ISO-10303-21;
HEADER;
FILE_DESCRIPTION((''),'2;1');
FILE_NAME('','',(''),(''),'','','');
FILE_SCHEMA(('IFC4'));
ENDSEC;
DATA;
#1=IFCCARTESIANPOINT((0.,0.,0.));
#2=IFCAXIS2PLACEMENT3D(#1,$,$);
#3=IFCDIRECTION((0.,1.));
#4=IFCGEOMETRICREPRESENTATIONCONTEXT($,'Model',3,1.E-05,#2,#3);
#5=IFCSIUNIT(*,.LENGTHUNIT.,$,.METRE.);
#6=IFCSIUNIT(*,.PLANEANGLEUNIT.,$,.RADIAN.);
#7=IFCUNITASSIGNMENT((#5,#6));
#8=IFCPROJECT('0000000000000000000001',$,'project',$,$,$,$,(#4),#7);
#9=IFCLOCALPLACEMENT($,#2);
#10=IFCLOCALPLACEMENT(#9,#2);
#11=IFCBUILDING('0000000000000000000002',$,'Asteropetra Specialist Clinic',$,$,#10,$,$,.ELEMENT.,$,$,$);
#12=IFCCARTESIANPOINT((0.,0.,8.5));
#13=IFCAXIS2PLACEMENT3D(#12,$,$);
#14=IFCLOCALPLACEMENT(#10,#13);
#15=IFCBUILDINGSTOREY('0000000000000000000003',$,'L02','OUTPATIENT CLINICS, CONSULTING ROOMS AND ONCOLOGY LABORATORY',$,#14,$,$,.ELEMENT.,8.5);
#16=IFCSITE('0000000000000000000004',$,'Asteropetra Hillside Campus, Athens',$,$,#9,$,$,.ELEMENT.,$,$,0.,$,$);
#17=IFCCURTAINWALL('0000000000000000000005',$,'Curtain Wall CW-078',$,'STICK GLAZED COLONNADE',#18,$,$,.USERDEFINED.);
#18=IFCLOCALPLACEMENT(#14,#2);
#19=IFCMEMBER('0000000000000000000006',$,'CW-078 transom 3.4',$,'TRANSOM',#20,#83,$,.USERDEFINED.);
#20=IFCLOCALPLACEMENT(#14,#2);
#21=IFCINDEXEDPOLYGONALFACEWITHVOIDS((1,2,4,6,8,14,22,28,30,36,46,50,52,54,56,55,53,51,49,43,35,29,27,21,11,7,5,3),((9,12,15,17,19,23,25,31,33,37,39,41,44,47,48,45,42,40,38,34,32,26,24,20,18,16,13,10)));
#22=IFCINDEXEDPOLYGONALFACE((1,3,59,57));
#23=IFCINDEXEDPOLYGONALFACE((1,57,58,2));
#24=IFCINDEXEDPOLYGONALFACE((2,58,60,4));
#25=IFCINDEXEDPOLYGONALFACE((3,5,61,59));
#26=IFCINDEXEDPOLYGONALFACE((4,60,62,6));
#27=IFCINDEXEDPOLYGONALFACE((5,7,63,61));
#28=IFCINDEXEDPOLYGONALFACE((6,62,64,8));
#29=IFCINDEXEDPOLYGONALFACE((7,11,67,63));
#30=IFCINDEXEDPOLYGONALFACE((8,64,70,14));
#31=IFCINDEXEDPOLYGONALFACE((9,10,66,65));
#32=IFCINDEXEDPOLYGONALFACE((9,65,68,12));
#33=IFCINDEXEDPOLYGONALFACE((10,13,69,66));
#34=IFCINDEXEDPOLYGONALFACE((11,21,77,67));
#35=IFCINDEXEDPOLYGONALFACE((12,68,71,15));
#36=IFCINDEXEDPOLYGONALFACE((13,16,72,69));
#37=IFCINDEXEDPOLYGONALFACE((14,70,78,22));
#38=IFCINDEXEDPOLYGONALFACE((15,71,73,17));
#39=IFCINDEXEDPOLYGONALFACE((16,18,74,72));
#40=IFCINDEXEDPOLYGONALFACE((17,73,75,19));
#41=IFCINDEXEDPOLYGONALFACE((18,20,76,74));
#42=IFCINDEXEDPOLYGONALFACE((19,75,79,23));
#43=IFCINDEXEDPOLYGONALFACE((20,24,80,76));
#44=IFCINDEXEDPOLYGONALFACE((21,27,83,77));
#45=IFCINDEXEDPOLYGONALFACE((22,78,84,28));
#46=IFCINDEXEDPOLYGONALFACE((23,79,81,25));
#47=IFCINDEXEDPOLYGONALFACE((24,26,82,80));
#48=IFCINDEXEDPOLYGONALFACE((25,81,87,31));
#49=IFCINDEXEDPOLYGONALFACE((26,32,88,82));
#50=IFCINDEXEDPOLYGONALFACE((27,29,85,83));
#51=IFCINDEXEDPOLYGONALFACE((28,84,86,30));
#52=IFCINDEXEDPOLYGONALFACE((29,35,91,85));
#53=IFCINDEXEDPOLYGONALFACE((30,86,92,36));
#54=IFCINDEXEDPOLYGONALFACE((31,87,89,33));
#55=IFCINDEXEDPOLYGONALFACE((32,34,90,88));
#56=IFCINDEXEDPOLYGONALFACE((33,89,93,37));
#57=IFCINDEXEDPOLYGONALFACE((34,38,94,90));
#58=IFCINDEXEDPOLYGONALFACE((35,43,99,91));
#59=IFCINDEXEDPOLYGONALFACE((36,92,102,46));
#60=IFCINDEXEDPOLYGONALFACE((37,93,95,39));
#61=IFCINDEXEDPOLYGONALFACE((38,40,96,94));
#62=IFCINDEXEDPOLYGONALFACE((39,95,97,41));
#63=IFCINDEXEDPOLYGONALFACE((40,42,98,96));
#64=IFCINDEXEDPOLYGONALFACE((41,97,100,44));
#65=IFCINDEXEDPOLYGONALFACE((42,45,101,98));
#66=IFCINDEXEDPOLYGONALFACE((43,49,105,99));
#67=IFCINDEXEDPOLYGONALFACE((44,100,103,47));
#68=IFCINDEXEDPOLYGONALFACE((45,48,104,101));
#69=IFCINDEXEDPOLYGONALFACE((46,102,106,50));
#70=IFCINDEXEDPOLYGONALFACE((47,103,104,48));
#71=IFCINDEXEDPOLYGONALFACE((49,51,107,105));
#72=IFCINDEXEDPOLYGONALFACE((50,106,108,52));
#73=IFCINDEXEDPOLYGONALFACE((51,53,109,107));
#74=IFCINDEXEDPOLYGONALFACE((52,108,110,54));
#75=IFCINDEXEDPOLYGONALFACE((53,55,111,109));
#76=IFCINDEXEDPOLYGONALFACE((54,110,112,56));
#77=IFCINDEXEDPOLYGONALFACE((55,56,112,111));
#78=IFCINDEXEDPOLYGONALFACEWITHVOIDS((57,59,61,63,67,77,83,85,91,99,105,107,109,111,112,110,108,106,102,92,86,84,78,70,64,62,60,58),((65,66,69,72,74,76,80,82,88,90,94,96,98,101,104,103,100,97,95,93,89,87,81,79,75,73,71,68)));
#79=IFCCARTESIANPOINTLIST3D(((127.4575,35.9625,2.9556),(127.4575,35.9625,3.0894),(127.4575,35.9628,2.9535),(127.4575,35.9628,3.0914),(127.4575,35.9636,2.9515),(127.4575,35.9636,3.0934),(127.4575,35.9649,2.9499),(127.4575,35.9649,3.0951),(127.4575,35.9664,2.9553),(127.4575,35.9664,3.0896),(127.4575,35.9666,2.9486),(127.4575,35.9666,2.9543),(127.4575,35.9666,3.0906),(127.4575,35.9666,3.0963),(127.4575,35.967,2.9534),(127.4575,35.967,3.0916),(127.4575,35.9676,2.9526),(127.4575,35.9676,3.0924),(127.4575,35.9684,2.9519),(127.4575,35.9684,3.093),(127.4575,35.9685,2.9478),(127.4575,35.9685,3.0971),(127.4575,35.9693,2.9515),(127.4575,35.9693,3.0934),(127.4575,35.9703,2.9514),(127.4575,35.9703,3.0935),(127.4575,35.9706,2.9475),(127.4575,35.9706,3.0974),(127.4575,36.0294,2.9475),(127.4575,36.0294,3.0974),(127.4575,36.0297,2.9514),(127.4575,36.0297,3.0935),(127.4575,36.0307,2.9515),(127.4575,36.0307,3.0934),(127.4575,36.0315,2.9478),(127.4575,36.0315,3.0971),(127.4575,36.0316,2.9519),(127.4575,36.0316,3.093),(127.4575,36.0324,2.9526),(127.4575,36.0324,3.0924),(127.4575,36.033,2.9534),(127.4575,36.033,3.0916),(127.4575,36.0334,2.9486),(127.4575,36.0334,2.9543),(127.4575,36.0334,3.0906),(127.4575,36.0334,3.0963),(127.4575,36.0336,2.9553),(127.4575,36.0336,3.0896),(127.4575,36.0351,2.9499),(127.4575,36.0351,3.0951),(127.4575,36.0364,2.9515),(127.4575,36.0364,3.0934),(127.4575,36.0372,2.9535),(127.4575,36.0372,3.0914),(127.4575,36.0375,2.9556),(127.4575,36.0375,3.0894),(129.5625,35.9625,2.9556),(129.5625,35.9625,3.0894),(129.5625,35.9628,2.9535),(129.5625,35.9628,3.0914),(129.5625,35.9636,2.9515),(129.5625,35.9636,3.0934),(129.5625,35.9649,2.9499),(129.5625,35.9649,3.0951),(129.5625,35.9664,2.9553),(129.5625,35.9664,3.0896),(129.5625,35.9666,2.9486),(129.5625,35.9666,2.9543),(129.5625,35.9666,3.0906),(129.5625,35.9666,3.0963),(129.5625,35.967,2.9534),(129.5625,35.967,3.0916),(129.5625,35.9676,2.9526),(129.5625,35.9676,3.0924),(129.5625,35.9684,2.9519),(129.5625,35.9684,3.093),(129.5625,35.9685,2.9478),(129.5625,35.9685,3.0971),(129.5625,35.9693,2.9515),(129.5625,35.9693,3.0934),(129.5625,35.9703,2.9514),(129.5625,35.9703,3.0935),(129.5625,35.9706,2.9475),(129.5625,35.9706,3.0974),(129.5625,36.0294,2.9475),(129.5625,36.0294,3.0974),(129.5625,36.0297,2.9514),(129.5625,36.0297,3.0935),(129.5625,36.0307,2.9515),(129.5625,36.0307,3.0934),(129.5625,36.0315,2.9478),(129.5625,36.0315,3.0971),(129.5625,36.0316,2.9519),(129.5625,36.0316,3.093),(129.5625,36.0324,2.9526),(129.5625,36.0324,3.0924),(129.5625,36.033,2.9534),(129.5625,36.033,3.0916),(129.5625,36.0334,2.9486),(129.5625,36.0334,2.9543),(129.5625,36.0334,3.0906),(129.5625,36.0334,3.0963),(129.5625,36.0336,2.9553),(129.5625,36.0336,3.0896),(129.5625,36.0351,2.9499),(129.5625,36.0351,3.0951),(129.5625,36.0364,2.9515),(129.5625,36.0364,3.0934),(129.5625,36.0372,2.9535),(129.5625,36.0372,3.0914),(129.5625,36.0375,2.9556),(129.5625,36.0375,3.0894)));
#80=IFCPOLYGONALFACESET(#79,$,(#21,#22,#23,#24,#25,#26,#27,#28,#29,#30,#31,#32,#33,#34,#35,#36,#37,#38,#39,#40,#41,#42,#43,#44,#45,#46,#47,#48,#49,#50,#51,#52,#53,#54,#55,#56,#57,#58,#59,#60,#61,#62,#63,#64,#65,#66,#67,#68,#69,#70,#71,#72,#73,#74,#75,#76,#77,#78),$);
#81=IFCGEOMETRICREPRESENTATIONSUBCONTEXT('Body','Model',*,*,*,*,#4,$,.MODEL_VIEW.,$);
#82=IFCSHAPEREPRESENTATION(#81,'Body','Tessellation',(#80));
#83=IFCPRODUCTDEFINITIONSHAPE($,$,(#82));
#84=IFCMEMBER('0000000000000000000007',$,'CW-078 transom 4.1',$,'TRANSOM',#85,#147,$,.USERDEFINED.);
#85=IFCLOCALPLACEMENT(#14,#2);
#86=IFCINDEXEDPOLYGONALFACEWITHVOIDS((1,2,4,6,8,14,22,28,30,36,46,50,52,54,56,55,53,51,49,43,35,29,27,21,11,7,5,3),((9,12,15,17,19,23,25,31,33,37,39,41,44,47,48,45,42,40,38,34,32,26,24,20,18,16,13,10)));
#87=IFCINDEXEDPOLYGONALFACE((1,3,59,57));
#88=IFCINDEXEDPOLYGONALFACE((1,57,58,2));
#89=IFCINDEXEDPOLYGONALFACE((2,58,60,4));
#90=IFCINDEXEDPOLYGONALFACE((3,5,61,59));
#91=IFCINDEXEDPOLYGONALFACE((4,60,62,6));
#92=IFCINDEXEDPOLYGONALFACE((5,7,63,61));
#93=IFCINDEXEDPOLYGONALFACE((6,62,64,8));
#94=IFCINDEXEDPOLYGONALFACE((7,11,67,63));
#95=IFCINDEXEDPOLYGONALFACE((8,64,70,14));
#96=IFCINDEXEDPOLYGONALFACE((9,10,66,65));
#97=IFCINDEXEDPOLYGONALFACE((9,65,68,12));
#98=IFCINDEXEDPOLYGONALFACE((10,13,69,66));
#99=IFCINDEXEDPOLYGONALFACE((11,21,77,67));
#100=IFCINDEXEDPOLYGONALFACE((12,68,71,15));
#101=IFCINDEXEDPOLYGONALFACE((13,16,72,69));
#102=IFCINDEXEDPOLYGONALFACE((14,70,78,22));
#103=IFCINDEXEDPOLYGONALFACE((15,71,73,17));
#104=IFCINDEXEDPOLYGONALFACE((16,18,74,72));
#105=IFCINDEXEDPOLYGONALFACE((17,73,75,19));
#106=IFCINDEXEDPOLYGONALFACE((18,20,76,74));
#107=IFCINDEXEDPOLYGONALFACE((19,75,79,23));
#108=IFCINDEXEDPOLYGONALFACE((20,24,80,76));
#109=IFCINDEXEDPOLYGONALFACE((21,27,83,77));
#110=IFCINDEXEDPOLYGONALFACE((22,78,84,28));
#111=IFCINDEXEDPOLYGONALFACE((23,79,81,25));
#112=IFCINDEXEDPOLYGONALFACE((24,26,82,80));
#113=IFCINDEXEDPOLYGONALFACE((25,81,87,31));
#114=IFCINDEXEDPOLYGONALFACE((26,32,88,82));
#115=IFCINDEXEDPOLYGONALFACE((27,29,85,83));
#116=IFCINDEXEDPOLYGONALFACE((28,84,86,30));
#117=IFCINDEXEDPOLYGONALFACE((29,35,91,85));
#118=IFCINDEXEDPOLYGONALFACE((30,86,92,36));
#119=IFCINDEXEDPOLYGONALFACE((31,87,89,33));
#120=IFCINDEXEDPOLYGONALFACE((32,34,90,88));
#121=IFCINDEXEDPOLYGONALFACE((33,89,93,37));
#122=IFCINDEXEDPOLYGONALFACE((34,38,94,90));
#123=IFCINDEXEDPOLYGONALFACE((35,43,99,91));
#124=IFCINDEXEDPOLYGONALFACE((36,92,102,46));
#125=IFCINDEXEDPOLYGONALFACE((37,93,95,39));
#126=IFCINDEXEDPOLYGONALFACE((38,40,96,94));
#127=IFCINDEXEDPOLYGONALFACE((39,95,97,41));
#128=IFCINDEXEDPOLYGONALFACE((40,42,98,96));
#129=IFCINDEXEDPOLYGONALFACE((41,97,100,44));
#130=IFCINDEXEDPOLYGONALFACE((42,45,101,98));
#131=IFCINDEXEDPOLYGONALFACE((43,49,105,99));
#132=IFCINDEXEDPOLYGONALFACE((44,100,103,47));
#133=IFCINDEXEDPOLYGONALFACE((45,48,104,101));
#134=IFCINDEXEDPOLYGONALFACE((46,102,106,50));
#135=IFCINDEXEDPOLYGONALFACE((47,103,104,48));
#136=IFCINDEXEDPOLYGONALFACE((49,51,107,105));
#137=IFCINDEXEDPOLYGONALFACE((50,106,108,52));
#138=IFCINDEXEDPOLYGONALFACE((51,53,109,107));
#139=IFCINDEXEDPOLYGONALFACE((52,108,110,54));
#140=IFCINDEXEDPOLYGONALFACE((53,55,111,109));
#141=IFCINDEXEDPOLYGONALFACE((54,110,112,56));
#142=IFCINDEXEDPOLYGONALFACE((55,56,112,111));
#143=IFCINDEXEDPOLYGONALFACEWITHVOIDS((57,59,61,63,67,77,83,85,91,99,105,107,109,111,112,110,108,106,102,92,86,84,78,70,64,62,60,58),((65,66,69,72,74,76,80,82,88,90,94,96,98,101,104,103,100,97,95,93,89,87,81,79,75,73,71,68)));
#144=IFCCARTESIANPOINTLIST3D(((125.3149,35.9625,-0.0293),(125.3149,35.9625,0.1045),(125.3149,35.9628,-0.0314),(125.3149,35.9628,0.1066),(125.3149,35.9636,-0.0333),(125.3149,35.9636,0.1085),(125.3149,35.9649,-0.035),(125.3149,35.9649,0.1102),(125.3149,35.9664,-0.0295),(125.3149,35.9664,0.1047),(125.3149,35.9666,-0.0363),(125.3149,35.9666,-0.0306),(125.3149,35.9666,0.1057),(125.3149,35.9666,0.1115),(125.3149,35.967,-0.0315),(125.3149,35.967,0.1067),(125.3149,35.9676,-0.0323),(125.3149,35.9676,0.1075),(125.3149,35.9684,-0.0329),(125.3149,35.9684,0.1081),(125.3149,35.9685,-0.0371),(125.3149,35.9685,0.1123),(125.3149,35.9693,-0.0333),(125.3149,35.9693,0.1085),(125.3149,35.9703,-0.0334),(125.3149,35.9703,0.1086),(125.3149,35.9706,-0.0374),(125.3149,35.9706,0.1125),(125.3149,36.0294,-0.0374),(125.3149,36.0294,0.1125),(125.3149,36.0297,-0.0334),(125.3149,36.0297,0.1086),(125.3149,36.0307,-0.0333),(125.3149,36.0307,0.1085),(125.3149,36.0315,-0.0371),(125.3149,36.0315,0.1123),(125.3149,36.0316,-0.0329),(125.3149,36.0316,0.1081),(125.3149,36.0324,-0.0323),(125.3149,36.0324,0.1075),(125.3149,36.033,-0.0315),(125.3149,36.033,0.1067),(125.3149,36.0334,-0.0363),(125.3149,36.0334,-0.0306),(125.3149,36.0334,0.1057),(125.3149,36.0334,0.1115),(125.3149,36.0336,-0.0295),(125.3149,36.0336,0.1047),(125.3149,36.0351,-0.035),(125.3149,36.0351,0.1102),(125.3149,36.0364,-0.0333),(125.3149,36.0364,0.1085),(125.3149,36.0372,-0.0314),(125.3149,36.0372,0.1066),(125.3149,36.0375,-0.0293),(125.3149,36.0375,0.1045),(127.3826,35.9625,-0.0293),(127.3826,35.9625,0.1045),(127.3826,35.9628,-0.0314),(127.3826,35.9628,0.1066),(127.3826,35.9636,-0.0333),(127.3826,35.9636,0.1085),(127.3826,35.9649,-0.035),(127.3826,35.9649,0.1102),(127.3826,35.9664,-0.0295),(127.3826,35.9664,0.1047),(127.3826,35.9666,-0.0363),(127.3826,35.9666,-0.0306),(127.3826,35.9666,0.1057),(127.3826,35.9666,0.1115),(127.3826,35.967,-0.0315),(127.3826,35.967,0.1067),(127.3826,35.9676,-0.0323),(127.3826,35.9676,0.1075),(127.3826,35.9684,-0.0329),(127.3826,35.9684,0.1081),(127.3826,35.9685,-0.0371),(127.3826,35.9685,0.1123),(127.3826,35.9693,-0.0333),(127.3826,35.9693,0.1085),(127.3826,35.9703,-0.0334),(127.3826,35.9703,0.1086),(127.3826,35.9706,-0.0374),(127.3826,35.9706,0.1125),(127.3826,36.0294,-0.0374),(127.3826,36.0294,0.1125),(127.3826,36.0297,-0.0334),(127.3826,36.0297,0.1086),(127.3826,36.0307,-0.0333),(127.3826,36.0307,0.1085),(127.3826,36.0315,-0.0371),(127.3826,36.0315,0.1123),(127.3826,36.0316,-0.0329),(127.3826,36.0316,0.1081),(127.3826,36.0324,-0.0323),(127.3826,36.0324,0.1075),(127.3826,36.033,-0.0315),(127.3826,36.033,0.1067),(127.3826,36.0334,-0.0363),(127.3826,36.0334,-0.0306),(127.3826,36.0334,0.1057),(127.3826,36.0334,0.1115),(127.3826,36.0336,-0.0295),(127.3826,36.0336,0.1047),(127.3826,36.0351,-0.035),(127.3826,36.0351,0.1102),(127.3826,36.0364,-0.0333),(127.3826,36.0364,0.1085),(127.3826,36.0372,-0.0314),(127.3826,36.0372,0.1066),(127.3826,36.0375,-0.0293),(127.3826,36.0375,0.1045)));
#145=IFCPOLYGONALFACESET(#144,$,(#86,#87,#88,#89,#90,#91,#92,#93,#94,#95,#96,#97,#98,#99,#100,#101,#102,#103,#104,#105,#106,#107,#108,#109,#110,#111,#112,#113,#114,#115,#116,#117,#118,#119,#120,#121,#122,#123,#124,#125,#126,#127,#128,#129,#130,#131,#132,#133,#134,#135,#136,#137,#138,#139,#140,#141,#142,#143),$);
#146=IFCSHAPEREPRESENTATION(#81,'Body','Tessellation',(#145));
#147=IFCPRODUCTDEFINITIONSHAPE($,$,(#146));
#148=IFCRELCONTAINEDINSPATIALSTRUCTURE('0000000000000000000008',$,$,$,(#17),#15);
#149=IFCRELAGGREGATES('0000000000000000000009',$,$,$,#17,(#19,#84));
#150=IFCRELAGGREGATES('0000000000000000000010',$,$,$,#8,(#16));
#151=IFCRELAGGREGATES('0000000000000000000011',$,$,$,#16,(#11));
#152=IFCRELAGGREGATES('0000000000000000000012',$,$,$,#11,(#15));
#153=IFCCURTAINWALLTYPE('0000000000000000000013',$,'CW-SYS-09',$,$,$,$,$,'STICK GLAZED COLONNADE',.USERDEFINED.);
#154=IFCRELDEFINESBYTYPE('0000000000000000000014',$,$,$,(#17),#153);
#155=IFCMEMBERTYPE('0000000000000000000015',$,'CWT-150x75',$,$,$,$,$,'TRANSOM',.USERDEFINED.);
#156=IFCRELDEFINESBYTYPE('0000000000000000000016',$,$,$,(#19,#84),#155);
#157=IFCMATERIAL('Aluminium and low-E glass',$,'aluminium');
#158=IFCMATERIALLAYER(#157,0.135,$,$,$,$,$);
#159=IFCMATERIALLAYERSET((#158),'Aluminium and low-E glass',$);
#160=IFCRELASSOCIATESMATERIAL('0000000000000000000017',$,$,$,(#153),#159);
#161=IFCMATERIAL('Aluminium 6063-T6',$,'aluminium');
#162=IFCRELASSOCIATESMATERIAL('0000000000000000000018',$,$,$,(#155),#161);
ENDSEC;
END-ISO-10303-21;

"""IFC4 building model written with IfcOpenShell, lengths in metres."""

from ifc_helpers import new_model, si_unit, direction, frame, origin, origin_2d, place, context, subcontext, project, spatial, hollow_rectangle, extrude, material, layer, layer_set, material_profile, profile_set, type_object, element, aggregate, save


model = new_model("IFC4")

# Units and contexts
model_context = context("Model", 3, precision=1e-05, world=origin(), true_north=direction((0.0, 1.0)))
body_context = subcontext(model_context, "Body", "Model", "MODEL_VIEW")
ifc_project = project(units=[si_unit("LENGTHUNIT", "METRE"), si_unit("PLANEANGLEUNIT", "RADIAN")], contexts=[model_context])

# Site, building, storey
site_placement = place(None, origin())
site = spatial("IfcSite", under=ifc_project, at=site_placement, Name="Asteropetra Hillside Campus, Athens", CompositionType="ELEMENT", RefElevation=0.0)
building_placement = place(site_placement, origin())
building = spatial("IfcBuilding", under=site, at=building_placement, Name="Asteropetra Specialist Clinic", CompositionType="ELEMENT")
storey_placement = place(building_placement, frame((0.0, 0.0, 8.5)))
storey = spatial("IfcBuildingStorey", under=building, at=storey_placement, Name="L02", Description="OUTPATIENT CLINICS, CONSULTING ROOMS AND ONCOLOGY LABORATORY", CompositionType="ELEMENT", Elevation=8.5)

# Curtain wall
ifc_material_1 = material(Name="Aluminium and low-E glass", Category="aluminium")
ifc_layer_1 = layer(ifc_material_1, 0.135)
ifc_layer_set_1 = layer_set([ifc_layer_1], Name="Aluminium and low-E glass")
curtain_wall_type_1 = type_object("IfcCurtainWallType", Name="CW-SYS-09", ElementType="STICK GLAZED COLONNADE", PredefinedType="USERDEFINED", material=ifc_layer_set_1)
curtain_wall_1_placement = place(storey_placement, origin())
curtain_wall_1 = element("IfcCurtainWall", 1, at=curtain_wall_1_placement, inside=storey, type_object=curtain_wall_type_1, Name="Curtain Wall CW-078", ObjectType="STICK GLAZED COLONNADE", PredefinedType="USERDEFINED")

# Members
ifc_material_2 = material(Name="Aluminium 6063-T6", Category="aluminium")
ifc_material_profile_1 = material_profile(ifc_material_2, hollow_rectangle(XDim=0.075, YDim=0.1499, WallThickness=0.0039, InnerFilletRadius=0.0039, OuterFilletRadius=0.0081, at=origin_2d()), Name="TRN 150x75x4.0")
ifc_profile_set_1 = profile_set([ifc_material_profile_1], Name="Aluminium 6063-T6")
member_type_1 = type_object("IfcMemberType", Name="CWT-150x75", ElementType="TRANSOM", PredefinedType="USERDEFINED", material=ifc_profile_set_1)
member_1_placement = place(storey_placement, frame((129.5625, 36.0, 3.0225), z_axis=(-1.0, 0.0, 0.0), x_axis=(0.0, -1.0, 0.0)))
member_1 = element("IfcMember", 2, at=member_1_placement, type_object=member_type_1, Name="CW-078 transom 3.4", ObjectType="TRANSOM", PredefinedType="USERDEFINED", context=body_context, shape_type="SweptSolid", body=[
    extrude(hollow_rectangle(XDim=0.075, YDim=0.1499, WallThickness=0.0039, InnerFilletRadius=0.0039, OuterFilletRadius=0.0081, at=origin_2d()), origin(), (0.0, 0.0, 1.0), 2.105),
])
member_2_placement = place(storey_placement, frame((127.3826, 36.0, 0.0376), z_axis=(-1.0, 0.0, 0.0), x_axis=(0.0, -1.0, 0.0)))
member_2 = element("IfcMember", 3, at=member_2_placement, type_object=member_type_1, Name="CW-078 transom 4.1", ObjectType="TRANSOM", PredefinedType="USERDEFINED", context=body_context, shape_type="SweptSolid", body=[
    extrude(hollow_rectangle(XDim=0.075, YDim=0.1499, WallThickness=0.0039, InnerFilletRadius=0.0039, OuterFilletRadius=0.0081, at=origin_2d()), origin(), (0.0, 0.0, 1.0), 2.0676),
])

aggregate(curtain_wall_1, [member_1, member_2])

save(model, "model.ifc")
